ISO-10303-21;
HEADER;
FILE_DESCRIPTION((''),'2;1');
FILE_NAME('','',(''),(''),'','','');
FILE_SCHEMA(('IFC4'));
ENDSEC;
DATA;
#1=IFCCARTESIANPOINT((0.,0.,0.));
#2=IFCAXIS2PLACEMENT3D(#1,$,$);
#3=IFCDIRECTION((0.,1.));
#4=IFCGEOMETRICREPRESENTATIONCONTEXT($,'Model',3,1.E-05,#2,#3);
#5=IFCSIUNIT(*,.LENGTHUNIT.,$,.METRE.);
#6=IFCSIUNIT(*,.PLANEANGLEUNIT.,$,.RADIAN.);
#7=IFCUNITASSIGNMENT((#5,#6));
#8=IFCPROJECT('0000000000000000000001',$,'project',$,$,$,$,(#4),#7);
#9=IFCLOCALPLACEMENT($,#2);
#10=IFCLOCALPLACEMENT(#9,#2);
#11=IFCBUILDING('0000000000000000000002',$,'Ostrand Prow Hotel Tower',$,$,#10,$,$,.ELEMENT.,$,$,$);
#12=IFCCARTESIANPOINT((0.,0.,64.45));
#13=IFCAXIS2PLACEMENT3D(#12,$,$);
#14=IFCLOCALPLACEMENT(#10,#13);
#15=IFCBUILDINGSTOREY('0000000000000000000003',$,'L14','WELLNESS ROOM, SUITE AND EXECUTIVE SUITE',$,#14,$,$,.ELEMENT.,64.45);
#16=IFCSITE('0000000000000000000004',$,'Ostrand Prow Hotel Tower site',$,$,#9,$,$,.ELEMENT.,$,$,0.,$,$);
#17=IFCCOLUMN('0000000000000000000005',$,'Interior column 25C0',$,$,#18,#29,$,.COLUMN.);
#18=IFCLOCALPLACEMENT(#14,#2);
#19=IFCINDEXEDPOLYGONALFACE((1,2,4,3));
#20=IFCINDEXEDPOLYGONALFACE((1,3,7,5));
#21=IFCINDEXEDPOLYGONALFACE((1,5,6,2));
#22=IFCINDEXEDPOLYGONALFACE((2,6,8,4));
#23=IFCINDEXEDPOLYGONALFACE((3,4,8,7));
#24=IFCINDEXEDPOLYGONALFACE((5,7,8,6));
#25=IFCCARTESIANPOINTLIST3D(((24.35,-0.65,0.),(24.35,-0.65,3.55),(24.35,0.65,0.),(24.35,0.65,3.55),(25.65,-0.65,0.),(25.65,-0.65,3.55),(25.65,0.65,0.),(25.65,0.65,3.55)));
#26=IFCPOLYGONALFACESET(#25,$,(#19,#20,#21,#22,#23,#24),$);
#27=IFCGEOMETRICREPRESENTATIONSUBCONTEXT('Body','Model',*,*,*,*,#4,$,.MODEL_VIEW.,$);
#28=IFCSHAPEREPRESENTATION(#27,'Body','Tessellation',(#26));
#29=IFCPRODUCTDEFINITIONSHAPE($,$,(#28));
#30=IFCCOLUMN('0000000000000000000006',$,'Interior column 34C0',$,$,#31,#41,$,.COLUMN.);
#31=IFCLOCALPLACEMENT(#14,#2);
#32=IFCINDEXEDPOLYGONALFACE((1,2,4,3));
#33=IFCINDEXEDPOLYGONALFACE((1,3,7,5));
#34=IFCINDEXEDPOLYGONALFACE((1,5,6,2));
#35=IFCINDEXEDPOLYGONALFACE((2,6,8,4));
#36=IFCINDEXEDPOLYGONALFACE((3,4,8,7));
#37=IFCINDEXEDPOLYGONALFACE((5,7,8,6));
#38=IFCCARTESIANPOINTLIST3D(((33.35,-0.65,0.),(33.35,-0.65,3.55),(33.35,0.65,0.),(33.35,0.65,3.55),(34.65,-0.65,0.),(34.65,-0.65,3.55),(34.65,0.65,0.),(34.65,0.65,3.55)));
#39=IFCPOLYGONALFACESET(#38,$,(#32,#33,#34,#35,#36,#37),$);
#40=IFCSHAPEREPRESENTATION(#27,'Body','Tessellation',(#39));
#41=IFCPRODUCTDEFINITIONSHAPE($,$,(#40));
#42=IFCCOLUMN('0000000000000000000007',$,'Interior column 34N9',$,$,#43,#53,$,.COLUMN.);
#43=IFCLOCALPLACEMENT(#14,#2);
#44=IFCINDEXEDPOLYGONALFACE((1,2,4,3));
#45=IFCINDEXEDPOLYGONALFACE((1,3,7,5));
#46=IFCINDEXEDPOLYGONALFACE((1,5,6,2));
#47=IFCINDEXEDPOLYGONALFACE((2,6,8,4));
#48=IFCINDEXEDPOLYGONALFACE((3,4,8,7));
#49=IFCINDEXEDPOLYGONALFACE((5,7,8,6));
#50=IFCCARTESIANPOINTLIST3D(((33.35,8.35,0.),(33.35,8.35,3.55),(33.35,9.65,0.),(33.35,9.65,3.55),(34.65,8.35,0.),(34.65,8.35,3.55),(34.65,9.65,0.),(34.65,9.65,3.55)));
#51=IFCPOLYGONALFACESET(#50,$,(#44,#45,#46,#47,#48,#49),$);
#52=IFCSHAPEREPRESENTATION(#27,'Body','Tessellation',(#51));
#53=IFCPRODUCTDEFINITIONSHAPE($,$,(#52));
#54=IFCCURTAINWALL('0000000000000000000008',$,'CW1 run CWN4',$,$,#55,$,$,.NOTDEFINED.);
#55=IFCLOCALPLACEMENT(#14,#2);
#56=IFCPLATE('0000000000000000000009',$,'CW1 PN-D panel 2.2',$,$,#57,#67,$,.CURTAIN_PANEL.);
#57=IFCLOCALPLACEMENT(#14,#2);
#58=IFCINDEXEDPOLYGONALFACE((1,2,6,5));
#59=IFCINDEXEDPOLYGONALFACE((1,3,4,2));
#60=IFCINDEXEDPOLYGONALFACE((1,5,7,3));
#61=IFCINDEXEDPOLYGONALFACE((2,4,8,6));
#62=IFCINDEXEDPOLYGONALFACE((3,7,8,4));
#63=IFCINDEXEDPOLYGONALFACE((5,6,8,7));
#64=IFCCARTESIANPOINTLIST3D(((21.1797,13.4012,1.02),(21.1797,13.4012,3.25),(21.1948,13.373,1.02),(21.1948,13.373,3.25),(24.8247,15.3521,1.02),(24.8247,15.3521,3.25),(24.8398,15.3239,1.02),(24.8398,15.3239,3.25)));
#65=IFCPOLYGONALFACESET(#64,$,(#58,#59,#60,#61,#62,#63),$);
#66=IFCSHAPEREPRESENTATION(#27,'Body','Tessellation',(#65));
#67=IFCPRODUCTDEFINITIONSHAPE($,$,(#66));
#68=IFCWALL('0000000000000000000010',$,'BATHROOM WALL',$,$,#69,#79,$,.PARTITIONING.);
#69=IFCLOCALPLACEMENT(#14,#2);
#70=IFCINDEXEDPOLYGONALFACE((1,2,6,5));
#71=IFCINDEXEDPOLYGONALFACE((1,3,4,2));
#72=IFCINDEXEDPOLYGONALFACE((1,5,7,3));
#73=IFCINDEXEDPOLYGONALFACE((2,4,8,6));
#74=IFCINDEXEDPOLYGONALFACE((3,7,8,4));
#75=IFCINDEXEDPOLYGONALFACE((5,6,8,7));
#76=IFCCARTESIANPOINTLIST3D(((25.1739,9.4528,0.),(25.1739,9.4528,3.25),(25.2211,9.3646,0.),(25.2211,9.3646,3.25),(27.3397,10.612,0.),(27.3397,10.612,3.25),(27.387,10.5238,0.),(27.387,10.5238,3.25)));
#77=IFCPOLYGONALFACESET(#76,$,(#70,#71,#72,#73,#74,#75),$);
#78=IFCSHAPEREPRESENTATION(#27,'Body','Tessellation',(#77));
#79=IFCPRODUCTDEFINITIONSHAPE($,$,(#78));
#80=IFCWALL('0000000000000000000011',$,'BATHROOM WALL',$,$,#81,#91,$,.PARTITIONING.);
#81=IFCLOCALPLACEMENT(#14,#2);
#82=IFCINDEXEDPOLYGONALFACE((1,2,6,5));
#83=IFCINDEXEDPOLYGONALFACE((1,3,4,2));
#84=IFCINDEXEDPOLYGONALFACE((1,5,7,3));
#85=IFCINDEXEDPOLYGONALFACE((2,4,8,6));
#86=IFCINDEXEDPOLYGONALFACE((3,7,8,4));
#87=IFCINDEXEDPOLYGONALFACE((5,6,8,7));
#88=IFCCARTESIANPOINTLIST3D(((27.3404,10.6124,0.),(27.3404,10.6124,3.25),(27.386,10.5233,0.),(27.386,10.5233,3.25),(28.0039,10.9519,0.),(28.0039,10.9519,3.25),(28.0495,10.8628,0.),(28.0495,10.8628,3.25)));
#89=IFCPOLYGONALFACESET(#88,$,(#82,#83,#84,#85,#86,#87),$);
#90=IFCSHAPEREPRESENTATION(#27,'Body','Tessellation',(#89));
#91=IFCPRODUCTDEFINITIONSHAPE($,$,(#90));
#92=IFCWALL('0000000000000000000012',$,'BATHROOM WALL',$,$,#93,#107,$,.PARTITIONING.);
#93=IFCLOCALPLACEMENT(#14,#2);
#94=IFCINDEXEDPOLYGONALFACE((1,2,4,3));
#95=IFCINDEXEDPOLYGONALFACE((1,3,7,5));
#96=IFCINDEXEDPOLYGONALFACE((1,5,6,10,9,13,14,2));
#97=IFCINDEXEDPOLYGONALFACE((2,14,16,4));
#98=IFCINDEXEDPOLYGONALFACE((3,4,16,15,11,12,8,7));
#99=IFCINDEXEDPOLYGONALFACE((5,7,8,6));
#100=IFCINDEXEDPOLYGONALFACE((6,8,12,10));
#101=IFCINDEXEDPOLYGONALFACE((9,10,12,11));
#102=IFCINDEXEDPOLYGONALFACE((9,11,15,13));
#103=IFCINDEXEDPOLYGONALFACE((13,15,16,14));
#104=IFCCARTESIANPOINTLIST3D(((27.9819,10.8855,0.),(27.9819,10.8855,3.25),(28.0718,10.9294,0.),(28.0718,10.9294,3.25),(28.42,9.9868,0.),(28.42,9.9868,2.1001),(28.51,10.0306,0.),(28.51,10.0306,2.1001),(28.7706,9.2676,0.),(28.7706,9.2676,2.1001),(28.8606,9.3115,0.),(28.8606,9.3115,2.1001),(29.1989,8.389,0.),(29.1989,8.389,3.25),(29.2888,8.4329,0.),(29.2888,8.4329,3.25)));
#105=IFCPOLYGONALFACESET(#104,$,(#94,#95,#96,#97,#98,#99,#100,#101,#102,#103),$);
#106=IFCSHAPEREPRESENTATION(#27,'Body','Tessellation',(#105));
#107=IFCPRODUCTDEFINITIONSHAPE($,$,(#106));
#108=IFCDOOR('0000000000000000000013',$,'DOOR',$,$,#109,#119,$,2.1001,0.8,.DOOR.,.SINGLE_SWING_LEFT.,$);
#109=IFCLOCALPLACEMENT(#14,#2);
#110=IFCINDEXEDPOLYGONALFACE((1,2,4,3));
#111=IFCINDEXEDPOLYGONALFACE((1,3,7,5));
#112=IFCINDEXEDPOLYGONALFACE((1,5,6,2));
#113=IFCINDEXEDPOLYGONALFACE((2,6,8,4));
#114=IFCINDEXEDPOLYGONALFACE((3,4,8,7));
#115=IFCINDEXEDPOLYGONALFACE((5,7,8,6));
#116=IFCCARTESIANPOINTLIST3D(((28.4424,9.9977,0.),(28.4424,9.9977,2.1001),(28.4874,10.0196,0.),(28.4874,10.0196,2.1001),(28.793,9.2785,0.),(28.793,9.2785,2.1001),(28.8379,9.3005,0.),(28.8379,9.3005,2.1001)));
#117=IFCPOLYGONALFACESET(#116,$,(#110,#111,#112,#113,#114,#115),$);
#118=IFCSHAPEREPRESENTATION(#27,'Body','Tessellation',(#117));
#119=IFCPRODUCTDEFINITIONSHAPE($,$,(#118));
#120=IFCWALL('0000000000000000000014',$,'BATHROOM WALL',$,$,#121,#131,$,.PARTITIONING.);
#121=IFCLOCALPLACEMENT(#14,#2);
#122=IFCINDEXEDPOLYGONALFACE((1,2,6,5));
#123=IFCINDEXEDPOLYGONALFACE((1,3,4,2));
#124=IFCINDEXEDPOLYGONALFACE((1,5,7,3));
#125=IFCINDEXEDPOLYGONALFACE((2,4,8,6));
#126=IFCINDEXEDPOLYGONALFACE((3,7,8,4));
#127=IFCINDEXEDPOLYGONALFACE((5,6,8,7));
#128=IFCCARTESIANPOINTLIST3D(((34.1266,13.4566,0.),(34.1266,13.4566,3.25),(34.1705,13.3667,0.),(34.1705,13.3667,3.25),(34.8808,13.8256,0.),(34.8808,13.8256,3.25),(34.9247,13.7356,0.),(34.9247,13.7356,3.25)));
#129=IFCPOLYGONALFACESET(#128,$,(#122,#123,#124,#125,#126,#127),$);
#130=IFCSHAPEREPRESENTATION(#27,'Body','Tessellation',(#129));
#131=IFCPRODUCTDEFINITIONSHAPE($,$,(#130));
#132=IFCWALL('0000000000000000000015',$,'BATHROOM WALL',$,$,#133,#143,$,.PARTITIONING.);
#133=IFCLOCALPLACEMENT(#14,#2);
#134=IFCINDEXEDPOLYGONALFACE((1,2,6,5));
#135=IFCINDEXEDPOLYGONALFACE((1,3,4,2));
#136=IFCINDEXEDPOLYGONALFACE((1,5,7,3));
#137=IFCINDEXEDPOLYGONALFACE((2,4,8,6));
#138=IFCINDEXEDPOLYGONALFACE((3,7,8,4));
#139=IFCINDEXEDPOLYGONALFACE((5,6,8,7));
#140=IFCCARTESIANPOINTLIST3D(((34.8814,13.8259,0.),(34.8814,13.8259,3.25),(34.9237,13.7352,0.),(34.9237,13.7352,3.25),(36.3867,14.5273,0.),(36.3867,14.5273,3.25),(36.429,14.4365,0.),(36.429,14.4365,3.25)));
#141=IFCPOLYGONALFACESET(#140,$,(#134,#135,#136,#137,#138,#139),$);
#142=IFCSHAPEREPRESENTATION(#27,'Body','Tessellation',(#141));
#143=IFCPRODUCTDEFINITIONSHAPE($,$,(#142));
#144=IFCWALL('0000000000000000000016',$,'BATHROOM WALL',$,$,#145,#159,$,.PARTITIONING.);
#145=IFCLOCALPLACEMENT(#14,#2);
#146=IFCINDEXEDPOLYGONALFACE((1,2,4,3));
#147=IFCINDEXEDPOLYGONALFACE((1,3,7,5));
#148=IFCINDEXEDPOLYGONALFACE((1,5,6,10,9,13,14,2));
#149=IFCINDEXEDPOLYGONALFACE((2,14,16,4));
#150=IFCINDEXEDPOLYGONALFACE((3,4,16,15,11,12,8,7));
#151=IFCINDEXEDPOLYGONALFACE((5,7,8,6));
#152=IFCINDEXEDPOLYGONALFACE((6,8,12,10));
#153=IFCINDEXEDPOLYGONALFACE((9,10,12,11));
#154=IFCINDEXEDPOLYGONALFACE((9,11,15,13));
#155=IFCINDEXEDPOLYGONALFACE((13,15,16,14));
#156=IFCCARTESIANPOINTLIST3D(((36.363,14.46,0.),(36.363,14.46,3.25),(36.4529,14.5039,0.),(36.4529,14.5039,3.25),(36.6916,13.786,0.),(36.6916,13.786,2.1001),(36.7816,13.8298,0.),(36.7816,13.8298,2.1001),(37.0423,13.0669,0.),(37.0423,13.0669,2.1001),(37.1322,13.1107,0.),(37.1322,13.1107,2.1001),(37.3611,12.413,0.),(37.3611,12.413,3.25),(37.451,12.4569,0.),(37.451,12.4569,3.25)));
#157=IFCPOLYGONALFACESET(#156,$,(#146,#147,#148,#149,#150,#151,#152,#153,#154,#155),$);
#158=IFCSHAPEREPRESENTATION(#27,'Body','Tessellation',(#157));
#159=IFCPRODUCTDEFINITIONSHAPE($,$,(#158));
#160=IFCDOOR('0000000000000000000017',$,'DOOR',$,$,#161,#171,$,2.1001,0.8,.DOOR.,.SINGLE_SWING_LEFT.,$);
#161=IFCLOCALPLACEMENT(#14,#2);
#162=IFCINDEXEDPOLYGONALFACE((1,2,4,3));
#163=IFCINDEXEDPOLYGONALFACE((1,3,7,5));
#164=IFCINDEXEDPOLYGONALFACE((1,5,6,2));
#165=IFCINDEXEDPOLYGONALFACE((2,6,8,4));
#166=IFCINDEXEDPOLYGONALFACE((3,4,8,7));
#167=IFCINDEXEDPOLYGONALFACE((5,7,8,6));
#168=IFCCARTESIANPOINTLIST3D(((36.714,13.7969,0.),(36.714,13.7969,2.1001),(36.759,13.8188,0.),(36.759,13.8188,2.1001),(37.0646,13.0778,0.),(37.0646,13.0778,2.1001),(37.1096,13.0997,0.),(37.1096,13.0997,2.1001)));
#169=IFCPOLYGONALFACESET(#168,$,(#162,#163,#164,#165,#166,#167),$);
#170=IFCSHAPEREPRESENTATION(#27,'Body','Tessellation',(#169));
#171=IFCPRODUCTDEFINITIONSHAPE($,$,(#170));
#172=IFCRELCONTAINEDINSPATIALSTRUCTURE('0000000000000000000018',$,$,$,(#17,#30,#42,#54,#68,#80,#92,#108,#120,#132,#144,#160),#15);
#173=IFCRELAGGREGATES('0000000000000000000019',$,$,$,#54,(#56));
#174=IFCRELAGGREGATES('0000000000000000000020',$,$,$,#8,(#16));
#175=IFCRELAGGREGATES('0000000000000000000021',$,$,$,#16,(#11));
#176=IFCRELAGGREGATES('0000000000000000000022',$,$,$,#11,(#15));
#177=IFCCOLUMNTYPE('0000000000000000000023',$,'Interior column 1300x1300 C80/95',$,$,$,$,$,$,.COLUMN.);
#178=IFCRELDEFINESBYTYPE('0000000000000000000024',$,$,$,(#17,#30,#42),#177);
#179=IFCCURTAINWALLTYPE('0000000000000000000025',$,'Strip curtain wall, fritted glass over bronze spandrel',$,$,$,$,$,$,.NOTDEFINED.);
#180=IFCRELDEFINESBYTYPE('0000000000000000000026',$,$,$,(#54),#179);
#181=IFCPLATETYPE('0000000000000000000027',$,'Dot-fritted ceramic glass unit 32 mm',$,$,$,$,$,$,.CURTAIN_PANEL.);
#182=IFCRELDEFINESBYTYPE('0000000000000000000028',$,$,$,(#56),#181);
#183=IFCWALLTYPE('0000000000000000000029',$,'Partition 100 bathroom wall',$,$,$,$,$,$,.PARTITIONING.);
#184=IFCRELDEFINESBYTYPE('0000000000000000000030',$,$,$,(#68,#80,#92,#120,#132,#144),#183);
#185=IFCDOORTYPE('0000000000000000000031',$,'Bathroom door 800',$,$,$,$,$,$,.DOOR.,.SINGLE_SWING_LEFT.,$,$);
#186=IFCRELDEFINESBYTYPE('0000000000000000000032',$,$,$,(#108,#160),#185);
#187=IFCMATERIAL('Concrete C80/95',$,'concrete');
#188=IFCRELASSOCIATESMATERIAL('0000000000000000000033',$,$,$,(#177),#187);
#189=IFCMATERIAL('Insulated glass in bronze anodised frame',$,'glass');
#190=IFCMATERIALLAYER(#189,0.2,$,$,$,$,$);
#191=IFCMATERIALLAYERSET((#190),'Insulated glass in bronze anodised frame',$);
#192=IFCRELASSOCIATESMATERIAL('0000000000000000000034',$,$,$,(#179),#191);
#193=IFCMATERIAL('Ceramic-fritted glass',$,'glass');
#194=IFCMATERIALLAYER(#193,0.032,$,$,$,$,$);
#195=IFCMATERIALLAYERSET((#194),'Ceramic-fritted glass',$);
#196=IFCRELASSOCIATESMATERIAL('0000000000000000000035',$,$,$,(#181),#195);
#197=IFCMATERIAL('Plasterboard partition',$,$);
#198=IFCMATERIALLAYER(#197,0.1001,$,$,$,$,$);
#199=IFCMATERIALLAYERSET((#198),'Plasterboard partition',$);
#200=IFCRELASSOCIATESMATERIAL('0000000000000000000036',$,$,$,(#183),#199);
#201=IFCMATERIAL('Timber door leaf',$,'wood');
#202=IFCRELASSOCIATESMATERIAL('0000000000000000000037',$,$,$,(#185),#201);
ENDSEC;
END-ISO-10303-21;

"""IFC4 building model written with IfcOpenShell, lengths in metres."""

from ifc_helpers import new_model, si_unit, direction, frame, frame_2d, origin, origin_2d, place, context, subcontext, project, spatial, rectangle, extrude, material, layer, layer_set, material_profile, profile_set, type_object, element, fill, aggregate, save


model = new_model("IFC4")

# Units and contexts
model_context = context("Model", 3, precision=1e-05, world=origin(), true_north=direction((0.0, 1.0)))
body_context = subcontext(model_context, "Body", "Model", "MODEL_VIEW")
ifc_project = project(units=[si_unit("LENGTHUNIT", "METRE"), si_unit("PLANEANGLEUNIT", "RADIAN")], contexts=[model_context])

# Site, building, storey
site_placement = place(None, origin())
site = spatial("IfcSite", under=ifc_project, at=site_placement, Name="Ostrand Prow Hotel Tower site", CompositionType="ELEMENT", RefElevation=0.0)
building_placement = place(site_placement, origin())
building = spatial("IfcBuilding", under=site, at=building_placement, Name="Ostrand Prow Hotel Tower", CompositionType="ELEMENT")
storey_placement = place(building_placement, frame((0.0, 0.0, 64.45)))
storey = spatial("IfcBuildingStorey", under=building, at=storey_placement, Name="L14", Description="WELLNESS ROOM, SUITE AND EXECUTIVE SUITE", CompositionType="ELEMENT", Elevation=64.45)

# Columns
ifc_material_1 = material(Name="Concrete C80/95", Category="concrete")
ifc_material_profile = material_profile(ifc_material_1, rectangle(XDim=1.3, YDim=1.3, at=origin_2d()), Name="RC 1300x1300")
ifc_profile_set = profile_set([ifc_material_profile], Name="Concrete C80/95")
column_type = type_object("IfcColumnType", Name="Interior column 1300x1300 C80/95", PredefinedType="COLUMN", material=ifc_profile_set)
for number, where, z_axis, x_axis, name in (
    (1, (25.0, 0.0, 0.0), (0.0, 0.0, 1.0), (1.0, 0.0, 0.0), "Interior column 25C0"),
    (2, (34.0, 0.0, 0.0), (0.0, 0.0, 1.0), (1.0, 0.0, 0.0), "Interior column 34C0"),
    (3, (34.0, 9.0, 0.0), (0.0, 0.0, 1.0), (1.0, 0.0, 0.0), "Interior column 34N9"),
):
    element("IfcColumn", number, at=place(storey_placement, frame(where, z_axis=z_axis, x_axis=x_axis)), inside=storey, type_object=column_type, Name=name, PredefinedType="COLUMN", context=body_context, shape_type="SweptSolid", body=[
        extrude(rectangle(XDim=1.3, YDim=1.3, at=origin_2d()), origin(), (0.0, 0.0, 1.0), 3.55),
    ])

# Curtain wall, plate
ifc_material_2 = material(Name="Insulated glass in bronze anodised frame", Category="glass")
ifc_layer_1 = layer(ifc_material_2, 0.2)
ifc_layer_set_1 = layer_set([ifc_layer_1], Name="Insulated glass in bronze anodised frame")
curtain_wall_type = type_object("IfcCurtainWallType", Name="Strip curtain wall, fritted glass over bronze spandrel", PredefinedType="NOTDEFINED", material=ifc_layer_set_1)
curtain_wall_placement = place(storey_placement, origin())
curtain_wall = element("IfcCurtainWall", 4, at=curtain_wall_placement, inside=storey, type_object=curtain_wall_type, Name="CW1 run CWN4", PredefinedType="NOTDEFINED")
ifc_material_3 = material(Name="Ceramic-fritted glass", Category="glass")
ifc_layer_2 = layer(ifc_material_3, 0.032)
ifc_layer_set_2 = layer_set([ifc_layer_2], Name="Ceramic-fritted glass")
plate_type = type_object("IfcPlateType", Name="Dot-fritted ceramic glass unit 32 mm", PredefinedType="CURTAIN_PANEL", material=ifc_layer_set_2)
plate_placement = place(storey_placement, frame((23.0098, 14.3625, 1.02), z_axis=(0.0, 0.0, 1.0), x_axis=(-0.881652, -0.4719, 0.0)))
plate = element("IfcPlate", 5, at=plate_placement, type_object=plate_type, Name="CW1 PN-D panel 2.2", PredefinedType="CURTAIN_PANEL", context=body_context, shape_type="SweptSolid", body=[
    extrude(rectangle(XDim=4.1343, YDim=0.032, at=origin_2d()), origin(), (0.0, 0.0, 1.0), 2.23),
])
aggregate(curtain_wall, [plate])

# Walls
ifc_material_4 = material(Name="Plasterboard partition")
ifc_layer_3 = layer(ifc_material_4, 0.1001)
ifc_layer_set_3 = layer_set([ifc_layer_3], Name="Plasterboard partition")
wall_type_1 = type_object("IfcWallType", Name="Partition 100 bathroom wall", PredefinedType="PARTITIONING", material=ifc_layer_set_3)
wall_1_placement = place(storey_placement, frame((25.1975, 9.4087, 0.0), z_axis=(0.0, 0.0, 1.0), x_axis=(0.881659, 0.471888, 0.0)))
element("IfcWall", 6, at=wall_1_placement, inside=storey, type_object=wall_type_1, Name="BATHROOM WALL", PredefinedType="PARTITIONING", context=body_context, shape_type="SweptSolid", body=[
    extrude(rectangle(XDim=2.4565, YDim=0.1001, at=frame_2d((1.2283, 0.0))), origin(), (0.0, 0.0, 1.0), 3.25),
])
wall_2_placement = place(storey_placement, frame((27.3633, 10.5679, 0.0), z_axis=(0.0, 0.0, 1.0), x_axis=(0.890196, 0.455578, 0.0)))
element("IfcWall", 7, at=wall_2_placement, inside=storey, type_object=wall_type_1, Name="BATHROOM WALL", PredefinedType="PARTITIONING", context=body_context, shape_type="SweptSolid", body=[
    extrude(rectangle(XDim=0.7454, YDim=0.1001, at=frame_2d((0.3726, 0.0))), origin(), (0.0, 0.0, 1.0), 3.25),
])

# Wall, opening, door
wall_3_placement = place(storey_placement, frame((28.0269, 10.9075, 0.0), z_axis=(0.0, 0.0, 1.0), x_axis=(0.43819, -0.898882, 0.0)))
wall_3 = element("IfcWall", 8, at=wall_3_placement, inside=storey, type_object=wall_type_1, Name="BATHROOM WALL", PredefinedType="PARTITIONING", context=body_context, shape_type="SweptSolid", body=[
    extrude(rectangle(XDim=2.7773, YDim=0.1001, at=frame_2d((1.3887, 0.0))), origin(), (0.0, 0.0, 1.0), 3.25),
])
opening_1_placement = place(wall_3_placement, frame((1.0, 0.0, 0.0)))
opening_1 = element("IfcOpeningElement", 9, at=opening_1_placement, cuts=wall_3, PredefinedType="OPENING", context=body_context, shape_type="SweptSolid", body=[
    extrude(rectangle(XDim=0.8, YDim=2.1001, at=frame_2d((0.3999, 1.05))), frame((0.0, 0.0601, 0.0), z_axis=(0.0, -1.0, 0.0), x_axis=(1.0, 0.0, 0.0)), (0.0, 0.0, 1.0), 0.1201),
])
ifc_material_5 = material(Name="Timber door leaf", Category="wood")
door_type_1 = type_object("IfcDoorType", Name="Bathroom door 800", OperationType="SINGLE_SWING_LEFT", PredefinedType="DOOR", material=ifc_material_5)
door_1_placement = place(opening_1_placement, origin())
door_1 = element("IfcDoor", 10, at=door_1_placement, inside=storey, type_object=door_type_1, Name="DOOR", OperationType="SINGLE_SWING_LEFT", OverallHeight=2.1001, OverallWidth=0.8, PredefinedType="DOOR", context=body_context, shape_type="SweptSolid", body=[
    extrude(rectangle(XDim=0.8, YDim=2.1001, at=frame_2d((0.3999, 1.05))), frame((0.0, 0.0249, 0.0), z_axis=(0.0, -1.0, 0.0), x_axis=(1.0, 0.0, 0.0)), (0.0, 0.0, 1.0), 0.05),
])
fill(opening_1, door_1)

# Walls
wall_4_placement = place(storey_placement, frame((34.1484, 13.4116, 0.0), z_axis=(0.0, 0.0, 1.0), x_axis=(0.89829, 0.439403, 0.0)))
element("IfcWall", 11, at=wall_4_placement, inside=storey, type_object=wall_type_1, Name="BATHROOM WALL", PredefinedType="PARTITIONING", context=body_context, shape_type="SweptSolid", body=[
    extrude(rectangle(XDim=0.8396, YDim=0.1001, at=frame_2d((0.4199, 0.0))), origin(), (0.0, 0.0, 1.0), 3.25),
])
wall_5_placement = place(storey_placement, frame((34.9026, 13.7805, 0.0), z_axis=(0.0, 0.0, 1.0), x_axis=(0.906435, 0.422346, 0.0)))
element("IfcWall", 12, at=wall_5_placement, inside=storey, type_object=wall_type_1, Name="BATHROOM WALL", PredefinedType="PARTITIONING", context=body_context, shape_type="SweptSolid", body=[
    extrude(rectangle(XDim=1.6606, YDim=0.1001, at=frame_2d((0.8303, 0.0))), origin(), (0.0, 0.0, 1.0), 3.25),
])

# Wall, opening, door
wall_6_placement = place(storey_placement, frame((36.408, 14.4819, 0.0), z_axis=(0.0, 0.0, 1.0), x_axis=(0.438272, -0.898843, 0.0)))
wall_6 = element("IfcWall", 13, at=wall_6_placement, inside=storey, type_object=wall_type_1, Name="BATHROOM WALL", PredefinedType="PARTITIONING", context=body_context, shape_type="SweptSolid", body=[
    extrude(rectangle(XDim=2.2773, YDim=0.1001, at=frame_2d((1.1387, 0.0))), origin(), (0.0, 0.0, 1.0), 3.25),
])
opening_2_placement = place(wall_6_placement, frame((0.75, 0.0, 0.0)))
opening_2 = element("IfcOpeningElement", 14, at=opening_2_placement, cuts=wall_6, PredefinedType="OPENING", context=body_context, shape_type="SweptSolid", body=[
    extrude(rectangle(XDim=0.8, YDim=2.1001, at=frame_2d((0.3999, 1.05))), frame((0.0, 0.0601, 0.0), z_axis=(0.0, -1.0, 0.0), x_axis=(1.0, 0.0, 0.0)), (0.0, 0.0, 1.0), 0.1201),
])
door_2_placement = place(opening_2_placement, origin())
door_2 = element("IfcDoor", 15, at=door_2_placement, inside=storey, type_object=door_type_1, Name="DOOR", OperationType="SINGLE_SWING_LEFT", OverallHeight=2.1001, OverallWidth=0.8, PredefinedType="DOOR", context=body_context, shape_type="SweptSolid", body=[
    extrude(rectangle(XDim=0.8, YDim=2.1001, at=frame_2d((0.3999, 1.05))), frame((0.0, 0.0249, 0.0), z_axis=(0.0, -1.0, 0.0), x_axis=(1.0, 0.0, 0.0)), (0.0, 0.0, 1.0), 0.05),
])
fill(opening_2, door_2)

save(model, "model.ifc")
